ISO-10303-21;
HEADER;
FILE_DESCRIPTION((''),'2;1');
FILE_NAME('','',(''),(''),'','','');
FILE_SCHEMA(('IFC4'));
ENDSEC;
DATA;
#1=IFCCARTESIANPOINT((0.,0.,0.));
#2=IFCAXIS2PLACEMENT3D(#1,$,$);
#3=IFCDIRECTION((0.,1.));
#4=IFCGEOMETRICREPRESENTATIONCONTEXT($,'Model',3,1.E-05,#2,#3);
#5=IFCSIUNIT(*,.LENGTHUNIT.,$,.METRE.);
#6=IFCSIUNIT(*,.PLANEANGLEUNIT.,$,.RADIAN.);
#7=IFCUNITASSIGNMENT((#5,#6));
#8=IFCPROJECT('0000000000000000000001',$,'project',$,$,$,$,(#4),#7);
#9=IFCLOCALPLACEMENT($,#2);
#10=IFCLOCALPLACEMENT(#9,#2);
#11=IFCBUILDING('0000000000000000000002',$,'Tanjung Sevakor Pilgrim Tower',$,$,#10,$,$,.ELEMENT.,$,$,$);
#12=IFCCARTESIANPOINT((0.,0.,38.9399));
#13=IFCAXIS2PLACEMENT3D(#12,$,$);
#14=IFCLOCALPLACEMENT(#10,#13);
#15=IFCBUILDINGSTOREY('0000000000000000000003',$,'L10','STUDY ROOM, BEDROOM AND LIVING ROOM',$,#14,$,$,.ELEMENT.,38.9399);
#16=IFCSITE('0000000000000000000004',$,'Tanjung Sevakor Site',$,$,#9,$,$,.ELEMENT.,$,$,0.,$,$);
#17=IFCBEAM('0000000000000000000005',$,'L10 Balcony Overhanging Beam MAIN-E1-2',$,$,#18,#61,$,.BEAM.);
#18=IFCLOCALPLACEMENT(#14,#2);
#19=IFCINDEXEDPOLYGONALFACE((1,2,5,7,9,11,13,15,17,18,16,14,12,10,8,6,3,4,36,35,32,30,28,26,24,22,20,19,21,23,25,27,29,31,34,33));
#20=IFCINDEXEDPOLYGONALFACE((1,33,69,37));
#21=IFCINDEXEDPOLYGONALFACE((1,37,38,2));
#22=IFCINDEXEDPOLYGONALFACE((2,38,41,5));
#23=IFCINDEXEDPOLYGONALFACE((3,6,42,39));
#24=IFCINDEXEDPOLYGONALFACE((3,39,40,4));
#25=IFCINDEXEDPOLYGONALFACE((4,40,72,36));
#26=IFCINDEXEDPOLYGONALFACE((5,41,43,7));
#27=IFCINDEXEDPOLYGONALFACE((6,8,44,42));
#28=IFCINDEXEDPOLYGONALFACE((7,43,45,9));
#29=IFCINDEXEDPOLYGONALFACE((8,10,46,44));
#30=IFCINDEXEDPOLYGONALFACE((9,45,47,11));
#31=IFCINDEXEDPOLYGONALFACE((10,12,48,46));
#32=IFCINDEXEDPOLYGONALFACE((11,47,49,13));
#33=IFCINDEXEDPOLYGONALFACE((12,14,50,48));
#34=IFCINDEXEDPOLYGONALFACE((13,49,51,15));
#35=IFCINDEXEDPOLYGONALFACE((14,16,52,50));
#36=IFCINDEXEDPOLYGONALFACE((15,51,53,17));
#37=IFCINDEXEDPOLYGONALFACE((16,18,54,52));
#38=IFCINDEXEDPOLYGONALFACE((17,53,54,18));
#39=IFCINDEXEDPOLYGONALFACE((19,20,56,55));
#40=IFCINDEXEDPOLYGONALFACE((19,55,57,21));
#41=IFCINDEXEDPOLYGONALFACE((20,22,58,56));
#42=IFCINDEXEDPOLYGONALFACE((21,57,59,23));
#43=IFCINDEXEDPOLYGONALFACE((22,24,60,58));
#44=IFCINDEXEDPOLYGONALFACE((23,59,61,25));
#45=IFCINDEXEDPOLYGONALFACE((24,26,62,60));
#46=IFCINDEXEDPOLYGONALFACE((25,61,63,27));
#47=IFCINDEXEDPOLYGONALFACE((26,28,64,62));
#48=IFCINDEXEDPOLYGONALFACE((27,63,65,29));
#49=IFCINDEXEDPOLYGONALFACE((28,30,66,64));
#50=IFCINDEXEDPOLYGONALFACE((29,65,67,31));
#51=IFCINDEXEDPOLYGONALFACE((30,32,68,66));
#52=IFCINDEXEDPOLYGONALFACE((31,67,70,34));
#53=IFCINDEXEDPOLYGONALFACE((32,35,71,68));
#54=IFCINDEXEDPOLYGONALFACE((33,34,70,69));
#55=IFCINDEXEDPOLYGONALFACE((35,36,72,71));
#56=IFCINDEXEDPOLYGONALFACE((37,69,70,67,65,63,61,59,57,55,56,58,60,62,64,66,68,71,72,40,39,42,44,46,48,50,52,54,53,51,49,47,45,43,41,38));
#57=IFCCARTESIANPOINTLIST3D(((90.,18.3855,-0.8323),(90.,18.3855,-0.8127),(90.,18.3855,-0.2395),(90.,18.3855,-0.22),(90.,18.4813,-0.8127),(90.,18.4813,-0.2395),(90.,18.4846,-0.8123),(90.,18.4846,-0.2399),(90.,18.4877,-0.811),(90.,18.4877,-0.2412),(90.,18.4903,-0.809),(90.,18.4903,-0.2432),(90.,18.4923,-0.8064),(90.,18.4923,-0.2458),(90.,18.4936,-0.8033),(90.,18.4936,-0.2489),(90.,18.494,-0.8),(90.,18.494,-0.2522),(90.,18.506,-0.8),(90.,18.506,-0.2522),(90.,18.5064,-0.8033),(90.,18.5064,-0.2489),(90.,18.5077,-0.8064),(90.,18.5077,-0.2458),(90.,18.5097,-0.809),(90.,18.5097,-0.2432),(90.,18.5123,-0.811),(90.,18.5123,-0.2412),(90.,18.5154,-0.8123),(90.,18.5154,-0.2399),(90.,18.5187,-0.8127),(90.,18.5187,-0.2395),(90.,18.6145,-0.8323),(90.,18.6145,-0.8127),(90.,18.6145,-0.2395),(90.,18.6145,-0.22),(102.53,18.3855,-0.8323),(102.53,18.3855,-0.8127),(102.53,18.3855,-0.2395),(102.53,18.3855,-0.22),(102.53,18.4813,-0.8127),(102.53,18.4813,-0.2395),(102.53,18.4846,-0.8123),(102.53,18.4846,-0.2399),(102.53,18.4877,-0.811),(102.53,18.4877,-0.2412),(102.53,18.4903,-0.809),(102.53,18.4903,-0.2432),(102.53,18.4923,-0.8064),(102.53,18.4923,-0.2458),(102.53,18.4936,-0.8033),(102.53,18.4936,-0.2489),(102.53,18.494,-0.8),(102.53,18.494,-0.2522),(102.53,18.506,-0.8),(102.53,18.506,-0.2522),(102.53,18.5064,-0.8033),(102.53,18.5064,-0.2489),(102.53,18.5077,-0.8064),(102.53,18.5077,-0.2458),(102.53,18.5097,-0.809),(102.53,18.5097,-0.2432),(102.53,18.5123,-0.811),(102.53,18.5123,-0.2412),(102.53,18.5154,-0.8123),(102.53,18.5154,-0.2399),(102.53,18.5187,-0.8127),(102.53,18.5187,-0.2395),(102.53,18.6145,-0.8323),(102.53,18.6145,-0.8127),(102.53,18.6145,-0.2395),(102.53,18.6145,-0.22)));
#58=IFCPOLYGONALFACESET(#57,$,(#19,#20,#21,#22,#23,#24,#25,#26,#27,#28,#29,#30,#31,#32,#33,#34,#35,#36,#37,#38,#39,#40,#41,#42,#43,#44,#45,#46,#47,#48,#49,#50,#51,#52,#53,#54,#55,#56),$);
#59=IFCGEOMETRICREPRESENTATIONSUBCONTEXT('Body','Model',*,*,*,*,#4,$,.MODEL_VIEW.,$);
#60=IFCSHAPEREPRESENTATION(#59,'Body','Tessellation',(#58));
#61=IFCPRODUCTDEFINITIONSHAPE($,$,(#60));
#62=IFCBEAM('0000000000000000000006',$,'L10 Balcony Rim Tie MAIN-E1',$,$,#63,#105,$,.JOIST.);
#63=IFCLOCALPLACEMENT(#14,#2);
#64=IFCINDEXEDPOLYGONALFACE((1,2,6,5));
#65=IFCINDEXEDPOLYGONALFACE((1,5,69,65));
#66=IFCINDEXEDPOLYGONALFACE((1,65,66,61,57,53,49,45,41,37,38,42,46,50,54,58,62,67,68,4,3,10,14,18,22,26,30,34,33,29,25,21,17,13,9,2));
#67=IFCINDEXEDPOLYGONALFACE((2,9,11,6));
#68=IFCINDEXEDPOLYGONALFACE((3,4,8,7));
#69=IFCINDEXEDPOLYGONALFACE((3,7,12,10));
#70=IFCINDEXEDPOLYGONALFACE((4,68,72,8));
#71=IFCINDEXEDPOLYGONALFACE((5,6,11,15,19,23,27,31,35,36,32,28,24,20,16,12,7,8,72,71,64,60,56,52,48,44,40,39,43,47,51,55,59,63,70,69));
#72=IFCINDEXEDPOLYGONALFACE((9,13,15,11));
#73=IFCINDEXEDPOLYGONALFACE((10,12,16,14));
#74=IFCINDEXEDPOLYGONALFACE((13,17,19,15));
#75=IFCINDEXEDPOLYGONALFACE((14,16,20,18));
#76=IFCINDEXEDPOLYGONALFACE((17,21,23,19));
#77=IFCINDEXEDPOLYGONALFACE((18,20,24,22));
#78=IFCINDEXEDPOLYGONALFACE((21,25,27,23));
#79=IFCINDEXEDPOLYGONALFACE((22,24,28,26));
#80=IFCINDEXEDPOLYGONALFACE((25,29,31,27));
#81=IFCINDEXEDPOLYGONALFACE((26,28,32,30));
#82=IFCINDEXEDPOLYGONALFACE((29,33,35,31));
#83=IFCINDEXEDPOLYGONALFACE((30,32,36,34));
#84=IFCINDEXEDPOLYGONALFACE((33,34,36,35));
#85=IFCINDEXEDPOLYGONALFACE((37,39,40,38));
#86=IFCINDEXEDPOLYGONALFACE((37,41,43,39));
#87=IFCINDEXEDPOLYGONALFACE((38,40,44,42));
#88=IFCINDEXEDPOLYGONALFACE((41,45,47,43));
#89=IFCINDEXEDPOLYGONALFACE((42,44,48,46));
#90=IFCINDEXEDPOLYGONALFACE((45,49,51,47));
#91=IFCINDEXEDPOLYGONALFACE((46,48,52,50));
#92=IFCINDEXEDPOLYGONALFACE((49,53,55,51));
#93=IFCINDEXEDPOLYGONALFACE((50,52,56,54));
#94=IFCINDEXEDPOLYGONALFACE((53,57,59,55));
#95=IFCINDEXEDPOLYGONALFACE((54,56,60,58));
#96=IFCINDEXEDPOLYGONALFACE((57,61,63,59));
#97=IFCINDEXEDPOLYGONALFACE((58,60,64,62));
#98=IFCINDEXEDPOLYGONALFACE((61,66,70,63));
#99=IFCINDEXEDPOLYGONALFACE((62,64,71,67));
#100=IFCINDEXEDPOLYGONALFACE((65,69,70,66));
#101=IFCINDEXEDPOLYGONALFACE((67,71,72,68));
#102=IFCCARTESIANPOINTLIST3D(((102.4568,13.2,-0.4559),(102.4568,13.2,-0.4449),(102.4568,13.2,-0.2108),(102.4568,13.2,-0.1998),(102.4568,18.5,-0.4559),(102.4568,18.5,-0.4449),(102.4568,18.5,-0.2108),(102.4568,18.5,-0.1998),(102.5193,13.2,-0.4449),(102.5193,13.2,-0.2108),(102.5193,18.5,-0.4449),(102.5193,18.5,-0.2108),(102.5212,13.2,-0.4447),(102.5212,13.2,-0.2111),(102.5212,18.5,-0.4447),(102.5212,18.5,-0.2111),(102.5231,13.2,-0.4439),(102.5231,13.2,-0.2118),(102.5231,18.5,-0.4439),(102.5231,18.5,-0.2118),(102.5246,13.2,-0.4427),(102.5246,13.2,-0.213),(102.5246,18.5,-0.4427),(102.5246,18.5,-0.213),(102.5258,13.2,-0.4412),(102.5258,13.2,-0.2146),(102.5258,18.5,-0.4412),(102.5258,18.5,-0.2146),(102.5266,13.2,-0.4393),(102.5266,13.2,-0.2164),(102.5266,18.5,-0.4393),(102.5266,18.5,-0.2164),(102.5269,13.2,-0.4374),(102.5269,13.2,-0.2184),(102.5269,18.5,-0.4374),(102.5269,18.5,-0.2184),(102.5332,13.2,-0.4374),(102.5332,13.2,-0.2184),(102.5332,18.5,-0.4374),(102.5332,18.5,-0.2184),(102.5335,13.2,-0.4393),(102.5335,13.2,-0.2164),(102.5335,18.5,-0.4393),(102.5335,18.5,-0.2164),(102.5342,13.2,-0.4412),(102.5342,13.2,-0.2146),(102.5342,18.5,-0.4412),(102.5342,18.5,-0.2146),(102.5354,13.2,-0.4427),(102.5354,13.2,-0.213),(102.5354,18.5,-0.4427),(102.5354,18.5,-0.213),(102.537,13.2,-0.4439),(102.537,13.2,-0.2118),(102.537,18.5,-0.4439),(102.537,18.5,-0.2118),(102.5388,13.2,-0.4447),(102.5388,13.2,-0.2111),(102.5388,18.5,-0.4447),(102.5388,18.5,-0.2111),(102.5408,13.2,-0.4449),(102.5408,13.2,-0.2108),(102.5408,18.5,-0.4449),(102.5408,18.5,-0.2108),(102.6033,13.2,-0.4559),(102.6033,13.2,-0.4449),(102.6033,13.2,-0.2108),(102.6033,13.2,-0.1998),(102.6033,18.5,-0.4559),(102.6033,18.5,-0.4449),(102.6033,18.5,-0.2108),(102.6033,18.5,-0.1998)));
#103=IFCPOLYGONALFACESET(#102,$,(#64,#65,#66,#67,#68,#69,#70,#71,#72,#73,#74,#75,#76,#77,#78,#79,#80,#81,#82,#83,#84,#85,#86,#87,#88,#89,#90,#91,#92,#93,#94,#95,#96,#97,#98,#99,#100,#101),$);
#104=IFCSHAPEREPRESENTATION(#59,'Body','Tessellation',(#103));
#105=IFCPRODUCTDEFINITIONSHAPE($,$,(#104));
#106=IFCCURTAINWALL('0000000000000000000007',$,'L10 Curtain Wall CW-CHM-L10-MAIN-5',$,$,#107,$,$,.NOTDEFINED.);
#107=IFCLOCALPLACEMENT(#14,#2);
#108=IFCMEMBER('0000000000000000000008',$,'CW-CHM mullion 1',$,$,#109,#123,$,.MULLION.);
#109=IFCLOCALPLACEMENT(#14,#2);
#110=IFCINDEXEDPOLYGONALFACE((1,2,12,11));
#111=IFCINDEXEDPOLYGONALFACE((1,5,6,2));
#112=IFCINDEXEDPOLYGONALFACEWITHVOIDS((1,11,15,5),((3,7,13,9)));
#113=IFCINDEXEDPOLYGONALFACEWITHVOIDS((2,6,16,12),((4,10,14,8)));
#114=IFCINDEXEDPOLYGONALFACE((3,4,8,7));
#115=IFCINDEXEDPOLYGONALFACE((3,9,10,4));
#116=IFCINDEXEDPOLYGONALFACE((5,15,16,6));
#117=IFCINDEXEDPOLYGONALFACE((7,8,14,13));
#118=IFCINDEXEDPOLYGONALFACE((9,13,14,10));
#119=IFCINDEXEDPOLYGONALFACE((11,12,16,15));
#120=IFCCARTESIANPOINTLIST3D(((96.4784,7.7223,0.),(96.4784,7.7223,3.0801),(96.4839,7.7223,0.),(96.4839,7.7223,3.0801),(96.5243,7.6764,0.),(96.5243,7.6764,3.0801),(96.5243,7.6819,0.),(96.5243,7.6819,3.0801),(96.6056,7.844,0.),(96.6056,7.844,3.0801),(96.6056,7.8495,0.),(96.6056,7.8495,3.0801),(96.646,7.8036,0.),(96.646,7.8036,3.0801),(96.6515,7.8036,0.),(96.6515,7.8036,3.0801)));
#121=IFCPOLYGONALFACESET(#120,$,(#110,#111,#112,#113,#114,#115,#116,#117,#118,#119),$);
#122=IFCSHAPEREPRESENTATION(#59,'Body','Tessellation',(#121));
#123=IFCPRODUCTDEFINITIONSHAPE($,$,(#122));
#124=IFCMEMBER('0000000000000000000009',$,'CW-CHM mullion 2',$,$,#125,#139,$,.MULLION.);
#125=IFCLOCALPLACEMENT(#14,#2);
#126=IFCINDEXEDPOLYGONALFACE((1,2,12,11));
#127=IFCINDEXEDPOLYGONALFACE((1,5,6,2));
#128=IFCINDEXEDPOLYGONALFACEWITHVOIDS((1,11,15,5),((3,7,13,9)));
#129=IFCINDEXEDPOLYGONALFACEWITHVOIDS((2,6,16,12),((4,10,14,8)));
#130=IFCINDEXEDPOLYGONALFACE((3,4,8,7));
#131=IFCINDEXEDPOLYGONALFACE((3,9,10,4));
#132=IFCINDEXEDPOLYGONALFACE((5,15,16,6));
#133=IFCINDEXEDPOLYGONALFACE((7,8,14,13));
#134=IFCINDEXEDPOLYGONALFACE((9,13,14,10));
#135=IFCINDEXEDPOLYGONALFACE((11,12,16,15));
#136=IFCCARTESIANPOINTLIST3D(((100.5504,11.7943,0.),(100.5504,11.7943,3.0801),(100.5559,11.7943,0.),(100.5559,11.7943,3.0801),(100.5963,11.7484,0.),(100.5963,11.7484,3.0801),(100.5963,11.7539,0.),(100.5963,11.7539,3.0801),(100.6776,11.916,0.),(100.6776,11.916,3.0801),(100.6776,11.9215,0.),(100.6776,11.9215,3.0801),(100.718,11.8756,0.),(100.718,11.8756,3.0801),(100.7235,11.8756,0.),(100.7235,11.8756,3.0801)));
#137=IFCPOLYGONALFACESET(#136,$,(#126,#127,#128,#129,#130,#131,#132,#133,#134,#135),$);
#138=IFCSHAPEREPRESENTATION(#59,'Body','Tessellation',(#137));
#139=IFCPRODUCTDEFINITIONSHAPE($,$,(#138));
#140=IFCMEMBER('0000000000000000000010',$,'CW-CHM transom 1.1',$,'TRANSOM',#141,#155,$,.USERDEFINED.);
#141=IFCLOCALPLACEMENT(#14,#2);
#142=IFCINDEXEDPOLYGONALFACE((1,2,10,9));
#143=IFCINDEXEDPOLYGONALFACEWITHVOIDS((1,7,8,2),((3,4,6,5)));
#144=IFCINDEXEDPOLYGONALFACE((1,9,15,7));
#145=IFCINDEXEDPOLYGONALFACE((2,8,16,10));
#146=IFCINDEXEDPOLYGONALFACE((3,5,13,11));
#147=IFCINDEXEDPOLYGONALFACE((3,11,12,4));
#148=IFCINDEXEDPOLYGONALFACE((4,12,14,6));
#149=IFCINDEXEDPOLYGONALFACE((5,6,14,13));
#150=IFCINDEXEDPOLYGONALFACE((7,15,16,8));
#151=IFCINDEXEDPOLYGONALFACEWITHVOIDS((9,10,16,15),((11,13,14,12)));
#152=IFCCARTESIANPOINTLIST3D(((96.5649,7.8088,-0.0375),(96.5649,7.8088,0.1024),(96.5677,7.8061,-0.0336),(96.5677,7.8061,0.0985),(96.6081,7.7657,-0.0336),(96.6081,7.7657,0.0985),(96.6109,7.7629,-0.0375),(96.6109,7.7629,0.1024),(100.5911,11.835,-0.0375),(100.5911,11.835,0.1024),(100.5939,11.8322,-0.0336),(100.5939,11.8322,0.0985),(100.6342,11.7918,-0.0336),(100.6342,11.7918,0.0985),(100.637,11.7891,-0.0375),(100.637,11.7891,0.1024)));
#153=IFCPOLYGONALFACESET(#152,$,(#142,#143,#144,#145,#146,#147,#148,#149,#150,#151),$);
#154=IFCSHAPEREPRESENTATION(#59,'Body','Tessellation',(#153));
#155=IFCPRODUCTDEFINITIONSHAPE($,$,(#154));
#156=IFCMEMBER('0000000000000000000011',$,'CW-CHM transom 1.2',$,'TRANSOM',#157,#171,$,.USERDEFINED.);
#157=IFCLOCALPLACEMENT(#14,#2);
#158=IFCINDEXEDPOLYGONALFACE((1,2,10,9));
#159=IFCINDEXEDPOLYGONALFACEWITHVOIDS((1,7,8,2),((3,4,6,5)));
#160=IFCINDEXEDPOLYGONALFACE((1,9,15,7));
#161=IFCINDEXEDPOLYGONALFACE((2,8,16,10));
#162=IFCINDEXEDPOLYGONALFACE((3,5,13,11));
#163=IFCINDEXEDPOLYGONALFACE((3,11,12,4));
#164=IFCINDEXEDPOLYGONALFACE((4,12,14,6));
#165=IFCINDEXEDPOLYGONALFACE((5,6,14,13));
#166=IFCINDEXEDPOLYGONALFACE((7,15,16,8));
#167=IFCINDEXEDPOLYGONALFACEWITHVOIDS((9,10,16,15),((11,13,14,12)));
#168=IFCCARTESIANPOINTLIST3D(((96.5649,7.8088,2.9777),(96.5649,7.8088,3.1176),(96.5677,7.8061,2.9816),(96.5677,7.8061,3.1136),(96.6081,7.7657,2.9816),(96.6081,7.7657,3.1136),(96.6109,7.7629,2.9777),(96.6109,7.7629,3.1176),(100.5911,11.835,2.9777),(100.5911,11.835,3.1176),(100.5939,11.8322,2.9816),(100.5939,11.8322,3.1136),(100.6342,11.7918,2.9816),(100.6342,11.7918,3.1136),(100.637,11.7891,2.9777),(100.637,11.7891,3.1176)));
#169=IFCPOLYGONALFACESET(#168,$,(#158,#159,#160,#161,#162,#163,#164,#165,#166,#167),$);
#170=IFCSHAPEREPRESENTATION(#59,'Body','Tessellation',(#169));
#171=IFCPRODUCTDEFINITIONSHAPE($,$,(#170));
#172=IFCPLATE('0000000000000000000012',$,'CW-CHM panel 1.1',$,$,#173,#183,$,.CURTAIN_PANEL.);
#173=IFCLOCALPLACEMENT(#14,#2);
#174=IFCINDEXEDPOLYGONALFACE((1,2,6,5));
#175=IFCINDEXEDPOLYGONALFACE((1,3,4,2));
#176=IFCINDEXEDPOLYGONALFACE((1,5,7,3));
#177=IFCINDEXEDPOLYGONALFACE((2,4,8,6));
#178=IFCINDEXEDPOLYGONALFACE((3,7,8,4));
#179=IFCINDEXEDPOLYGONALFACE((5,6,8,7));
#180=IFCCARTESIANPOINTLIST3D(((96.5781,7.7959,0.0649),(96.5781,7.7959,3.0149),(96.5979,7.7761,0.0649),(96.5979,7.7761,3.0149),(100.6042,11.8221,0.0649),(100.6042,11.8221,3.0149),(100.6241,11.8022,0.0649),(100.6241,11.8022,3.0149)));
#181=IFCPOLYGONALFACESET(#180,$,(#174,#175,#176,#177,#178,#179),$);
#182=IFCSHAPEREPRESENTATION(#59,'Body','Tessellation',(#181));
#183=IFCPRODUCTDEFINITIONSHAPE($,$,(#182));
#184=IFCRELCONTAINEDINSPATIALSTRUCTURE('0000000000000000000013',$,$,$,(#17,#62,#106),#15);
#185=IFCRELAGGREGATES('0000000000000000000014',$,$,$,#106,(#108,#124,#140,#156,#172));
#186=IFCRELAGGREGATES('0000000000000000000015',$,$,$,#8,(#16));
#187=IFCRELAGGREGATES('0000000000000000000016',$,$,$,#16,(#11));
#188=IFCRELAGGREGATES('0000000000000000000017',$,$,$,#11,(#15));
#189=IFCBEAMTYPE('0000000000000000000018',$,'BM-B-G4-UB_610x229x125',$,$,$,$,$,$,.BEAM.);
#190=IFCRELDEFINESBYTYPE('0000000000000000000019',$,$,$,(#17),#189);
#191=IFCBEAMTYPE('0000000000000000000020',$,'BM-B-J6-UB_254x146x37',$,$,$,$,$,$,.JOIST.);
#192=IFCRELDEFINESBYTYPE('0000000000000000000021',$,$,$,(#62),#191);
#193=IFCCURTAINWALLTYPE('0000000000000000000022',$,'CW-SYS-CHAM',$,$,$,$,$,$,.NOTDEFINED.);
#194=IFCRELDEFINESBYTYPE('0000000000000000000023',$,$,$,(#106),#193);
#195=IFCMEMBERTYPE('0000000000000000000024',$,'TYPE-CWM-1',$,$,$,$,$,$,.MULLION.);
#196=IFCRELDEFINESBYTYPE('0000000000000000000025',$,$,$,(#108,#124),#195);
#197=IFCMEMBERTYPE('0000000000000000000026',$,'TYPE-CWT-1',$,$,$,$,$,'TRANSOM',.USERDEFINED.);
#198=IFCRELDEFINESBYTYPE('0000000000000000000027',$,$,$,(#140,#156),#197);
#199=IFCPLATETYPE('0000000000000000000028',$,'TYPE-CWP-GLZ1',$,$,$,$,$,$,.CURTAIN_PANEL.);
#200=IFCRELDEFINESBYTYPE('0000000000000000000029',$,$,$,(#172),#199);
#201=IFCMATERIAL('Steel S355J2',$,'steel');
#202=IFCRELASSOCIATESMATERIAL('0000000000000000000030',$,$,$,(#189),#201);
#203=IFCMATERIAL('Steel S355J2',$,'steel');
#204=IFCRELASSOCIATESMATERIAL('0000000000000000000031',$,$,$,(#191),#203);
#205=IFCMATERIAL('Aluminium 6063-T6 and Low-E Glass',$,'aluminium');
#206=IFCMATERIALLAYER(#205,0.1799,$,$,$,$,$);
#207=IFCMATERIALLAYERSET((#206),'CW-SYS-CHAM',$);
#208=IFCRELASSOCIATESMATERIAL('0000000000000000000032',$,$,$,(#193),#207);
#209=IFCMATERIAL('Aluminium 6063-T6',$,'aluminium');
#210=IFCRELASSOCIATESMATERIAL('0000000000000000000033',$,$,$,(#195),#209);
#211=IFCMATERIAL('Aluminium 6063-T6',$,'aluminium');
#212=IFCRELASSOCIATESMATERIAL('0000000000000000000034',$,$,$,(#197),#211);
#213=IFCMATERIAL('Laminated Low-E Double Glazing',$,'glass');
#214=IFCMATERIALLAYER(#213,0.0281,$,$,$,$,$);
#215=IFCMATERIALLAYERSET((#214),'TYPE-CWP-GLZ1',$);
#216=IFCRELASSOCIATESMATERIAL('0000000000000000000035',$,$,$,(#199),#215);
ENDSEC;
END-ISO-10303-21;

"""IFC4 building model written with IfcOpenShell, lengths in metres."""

from ifc_helpers import new_model, si_unit, direction, frame, origin, origin_2d, place, context, subcontext, project, spatial, rectangle, hollow_rectangle, i_section, extrude, material, layer, layer_set, material_profile, profile_set, type_object, element, aggregate, save


model = new_model("IFC4")

# Units and contexts
model_context = context("Model", 3, precision=1e-05, world=origin(), true_north=direction((0.0, 1.0)))
body_context = subcontext(model_context, "Body", "Model", "MODEL_VIEW")
ifc_project = project(units=[si_unit("LENGTHUNIT", "METRE"), si_unit("PLANEANGLEUNIT", "RADIAN")], contexts=[model_context])

# Site, building, storey
site_placement = place(None, origin())
site = spatial("IfcSite", under=ifc_project, at=site_placement, Name="Tanjung Sevakor Site", CompositionType="ELEMENT", RefElevation=0.0)
building_placement = place(site_placement, origin())
building = spatial("IfcBuilding", under=site, at=building_placement, Name="Tanjung Sevakor Pilgrim Tower", CompositionType="ELEMENT")
storey_placement = place(building_placement, frame((0.0, 0.0, 38.9399)))
storey = spatial("IfcBuildingStorey", under=building, at=storey_placement, Name="L10", Description="STUDY ROOM, BEDROOM AND LIVING ROOM", CompositionType="ELEMENT", Elevation=38.9399)

# Beams
ifc_material_1 = material(Name="Steel S355J2", Category="steel")
ifc_material_profile_1 = material_profile(ifc_material_1, i_section(OverallWidth=0.229, OverallDepth=0.6123, WebThickness=0.012, FlangeThickness=0.0195, FilletRadius=0.0127, at=origin_2d()))
ifc_profile_set_1 = profile_set([ifc_material_profile_1], Name="Steel S355J2")
beam_type_1 = type_object("IfcBeamType", Name="BM-B-G4-UB_610x229x125", PredefinedType="BEAM", material=ifc_profile_set_1)
beam_1_placement = place(storey_placement, frame((90.0, 18.5, -0.5261), z_axis=(1.0, 0.0, 0.0), x_axis=(0.0, 1.0, 0.0)))
element("IfcBeam", 1, at=beam_1_placement, inside=storey, type_object=beam_type_1, Name="L10 Balcony Overhanging Beam MAIN-E1-2", PredefinedType="BEAM", context=body_context, shape_type="SweptSolid", body=[
    extrude(i_section(OverallWidth=0.229, OverallDepth=0.6123, WebThickness=0.012, FlangeThickness=0.0195, FilletRadius=0.0127, at=origin_2d()), origin(), (0.0, 0.0, 1.0), 12.53),
])
ifc_material_2 = material(Name="Steel S355J2", Category="steel")
ifc_material_profile_2 = material_profile(ifc_material_2, i_section(OverallWidth=0.1465, OverallDepth=0.2561, WebThickness=0.0063, FlangeThickness=0.011, FilletRadius=0.0076, at=origin_2d()))
ifc_profile_set_2 = profile_set([ifc_material_profile_2], Name="Steel S355J2")
beam_type_2 = type_object("IfcBeamType", Name="BM-B-J6-UB_254x146x37", PredefinedType="JOIST", material=ifc_profile_set_2)
beam_2_placement = place(storey_placement, frame((102.53, 13.2, -0.3279), z_axis=(0.0, 1.0, 0.0), x_axis=(-1.0, 0.0, 0.0)))
element("IfcBeam", 2, at=beam_2_placement, inside=storey, type_object=beam_type_2, Name="L10 Balcony Rim Tie MAIN-E1", PredefinedType="JOIST", context=body_context, shape_type="SweptSolid", body=[
    extrude(i_section(OverallWidth=0.1465, OverallDepth=0.2561, WebThickness=0.0063, FlangeThickness=0.011, FilletRadius=0.0076, at=origin_2d()), origin(), (0.0, 0.0, 1.0), 5.3),
])

# Curtain wall, members, plate
ifc_material_3 = material(Name="Aluminium 6063-T6 and Low-E Glass", Category="aluminium")
ifc_layer_1 = layer(ifc_material_3, 0.1799)
ifc_layer_set_1 = layer_set([ifc_layer_1], Name="CW-SYS-CHAM")
curtain_wall_type = type_object("IfcCurtainWallType", Name="CW-SYS-CHAM", PredefinedType="NOTDEFINED", material=ifc_layer_set_1)
curtain_wall_placement = place(storey_placement, origin())
curtain_wall = element("IfcCurtainWall", 3, at=curtain_wall_placement, inside=storey, type_object=curtain_wall_type, Name="L10 Curtain Wall CW-CHM-L10-MAIN-5", PredefinedType="NOTDEFINED")
ifc_material_4 = material(Name="Aluminium 6063-T6", Category="aluminium")
ifc_material_profile_3 = material_profile(ifc_material_4, hollow_rectangle(XDim=0.0649, YDim=0.1799, WallThickness=0.0039, at=origin_2d()))
ifc_profile_set_3 = profile_set([ifc_material_profile_3], Name="Aluminium 6063-T6")
member_type_1 = type_object("IfcMemberType", Name="TYPE-CWM-1", PredefinedType="MULLION", material=ifc_profile_set_3)
member_1_placement = place(storey_placement, frame((96.5649, 7.7629, 0.0), z_axis=(0.0, 0.0, 1.0), x_axis=(-0.707107, 0.707107, 0.0)))
member_1 = element("IfcMember", 4, at=member_1_placement, type_object=member_type_1, Name="CW-CHM mullion 1", PredefinedType="MULLION", context=body_context, shape_type="SweptSolid", body=[
    extrude(hollow_rectangle(XDim=0.0649, YDim=0.1799, WallThickness=0.0039, at=origin_2d()), origin(), (0.0, 0.0, 1.0), 3.0801),
])
member_2_placement = place(storey_placement, frame((100.637, 11.835, 0.0), z_axis=(0.0, 0.0, 1.0), x_axis=(-0.707107, 0.707107, 0.0)))
member_2 = element("IfcMember", 5, at=member_2_placement, type_object=member_type_1, Name="CW-CHM mullion 2", PredefinedType="MULLION", context=body_context, shape_type="SweptSolid", body=[
    extrude(hollow_rectangle(XDim=0.0649, YDim=0.1799, WallThickness=0.0039, at=origin_2d()), origin(), (0.0, 0.0, 1.0), 3.0801),
])
ifc_material_5 = material(Name="Aluminium 6063-T6", Category="aluminium")
ifc_material_profile_4 = material_profile(ifc_material_5, hollow_rectangle(XDim=0.0649, YDim=0.1399, WallThickness=0.0039, at=origin_2d()))
ifc_profile_set_4 = profile_set([ifc_material_profile_4], Name="Aluminium 6063-T6")
member_type_2 = type_object("IfcMemberType", Name="TYPE-CWT-1", ElementType="TRANSOM", PredefinedType="USERDEFINED", material=ifc_profile_set_4)
member_3_placement = place(storey_placement, frame((96.5879, 7.7859, 0.0325), z_axis=(0.707107, 0.707107, 0.0), x_axis=(-0.707107, 0.707107, 0.0)))
member_3 = element("IfcMember", 6, at=member_3_placement, type_object=member_type_2, Name="CW-CHM transom 1.1", ObjectType="TRANSOM", PredefinedType="USERDEFINED", context=body_context, shape_type="SweptSolid", body=[
    extrude(hollow_rectangle(XDim=0.0649, YDim=0.1399, WallThickness=0.0039, at=origin_2d()), origin(), (0.0, 0.0, 1.0), 5.6938),
])
member_4_placement = place(storey_placement, frame((96.5879, 7.7859, 3.0476), z_axis=(0.707107, 0.707107, 0.0), x_axis=(-0.707107, 0.707107, 0.0)))
member_4 = element("IfcMember", 7, at=member_4_placement, type_object=member_type_2, Name="CW-CHM transom 1.2", ObjectType="TRANSOM", PredefinedType="USERDEFINED", context=body_context, shape_type="SweptSolid", body=[
    extrude(hollow_rectangle(XDim=0.0649, YDim=0.1399, WallThickness=0.0039, at=origin_2d()), origin(), (0.0, 0.0, 1.0), 5.6938),
])
ifc_material_6 = material(Name="Laminated Low-E Double Glazing", Category="glass")
ifc_layer_2 = layer(ifc_material_6, 0.0281)
ifc_layer_set_2 = layer_set([ifc_layer_2], Name="TYPE-CWP-GLZ1")
plate_type = type_object("IfcPlateType", Name="TYPE-CWP-GLZ1", PredefinedType="CURTAIN_PANEL", material=ifc_layer_set_2)
plate_placement = place(storey_placement, frame((98.6011, 9.7991, 0.0649), z_axis=(0.0, 0.0, 1.0), x_axis=(0.707107, 0.707107, 0.0)))
plate = element("IfcPlate", 8, at=plate_placement, type_object=plate_type, Name="CW-CHM panel 1.1", PredefinedType="CURTAIN_PANEL", context=body_context, shape_type="SweptSolid", body=[
    extrude(rectangle(XDim=5.6938, YDim=0.0281, at=origin_2d()), origin(), (0.0, 0.0, 1.0), 2.95),
])
aggregate(curtain_wall, [member_1, member_2, member_3, member_4, plate])

save(model, "model.ifc")
